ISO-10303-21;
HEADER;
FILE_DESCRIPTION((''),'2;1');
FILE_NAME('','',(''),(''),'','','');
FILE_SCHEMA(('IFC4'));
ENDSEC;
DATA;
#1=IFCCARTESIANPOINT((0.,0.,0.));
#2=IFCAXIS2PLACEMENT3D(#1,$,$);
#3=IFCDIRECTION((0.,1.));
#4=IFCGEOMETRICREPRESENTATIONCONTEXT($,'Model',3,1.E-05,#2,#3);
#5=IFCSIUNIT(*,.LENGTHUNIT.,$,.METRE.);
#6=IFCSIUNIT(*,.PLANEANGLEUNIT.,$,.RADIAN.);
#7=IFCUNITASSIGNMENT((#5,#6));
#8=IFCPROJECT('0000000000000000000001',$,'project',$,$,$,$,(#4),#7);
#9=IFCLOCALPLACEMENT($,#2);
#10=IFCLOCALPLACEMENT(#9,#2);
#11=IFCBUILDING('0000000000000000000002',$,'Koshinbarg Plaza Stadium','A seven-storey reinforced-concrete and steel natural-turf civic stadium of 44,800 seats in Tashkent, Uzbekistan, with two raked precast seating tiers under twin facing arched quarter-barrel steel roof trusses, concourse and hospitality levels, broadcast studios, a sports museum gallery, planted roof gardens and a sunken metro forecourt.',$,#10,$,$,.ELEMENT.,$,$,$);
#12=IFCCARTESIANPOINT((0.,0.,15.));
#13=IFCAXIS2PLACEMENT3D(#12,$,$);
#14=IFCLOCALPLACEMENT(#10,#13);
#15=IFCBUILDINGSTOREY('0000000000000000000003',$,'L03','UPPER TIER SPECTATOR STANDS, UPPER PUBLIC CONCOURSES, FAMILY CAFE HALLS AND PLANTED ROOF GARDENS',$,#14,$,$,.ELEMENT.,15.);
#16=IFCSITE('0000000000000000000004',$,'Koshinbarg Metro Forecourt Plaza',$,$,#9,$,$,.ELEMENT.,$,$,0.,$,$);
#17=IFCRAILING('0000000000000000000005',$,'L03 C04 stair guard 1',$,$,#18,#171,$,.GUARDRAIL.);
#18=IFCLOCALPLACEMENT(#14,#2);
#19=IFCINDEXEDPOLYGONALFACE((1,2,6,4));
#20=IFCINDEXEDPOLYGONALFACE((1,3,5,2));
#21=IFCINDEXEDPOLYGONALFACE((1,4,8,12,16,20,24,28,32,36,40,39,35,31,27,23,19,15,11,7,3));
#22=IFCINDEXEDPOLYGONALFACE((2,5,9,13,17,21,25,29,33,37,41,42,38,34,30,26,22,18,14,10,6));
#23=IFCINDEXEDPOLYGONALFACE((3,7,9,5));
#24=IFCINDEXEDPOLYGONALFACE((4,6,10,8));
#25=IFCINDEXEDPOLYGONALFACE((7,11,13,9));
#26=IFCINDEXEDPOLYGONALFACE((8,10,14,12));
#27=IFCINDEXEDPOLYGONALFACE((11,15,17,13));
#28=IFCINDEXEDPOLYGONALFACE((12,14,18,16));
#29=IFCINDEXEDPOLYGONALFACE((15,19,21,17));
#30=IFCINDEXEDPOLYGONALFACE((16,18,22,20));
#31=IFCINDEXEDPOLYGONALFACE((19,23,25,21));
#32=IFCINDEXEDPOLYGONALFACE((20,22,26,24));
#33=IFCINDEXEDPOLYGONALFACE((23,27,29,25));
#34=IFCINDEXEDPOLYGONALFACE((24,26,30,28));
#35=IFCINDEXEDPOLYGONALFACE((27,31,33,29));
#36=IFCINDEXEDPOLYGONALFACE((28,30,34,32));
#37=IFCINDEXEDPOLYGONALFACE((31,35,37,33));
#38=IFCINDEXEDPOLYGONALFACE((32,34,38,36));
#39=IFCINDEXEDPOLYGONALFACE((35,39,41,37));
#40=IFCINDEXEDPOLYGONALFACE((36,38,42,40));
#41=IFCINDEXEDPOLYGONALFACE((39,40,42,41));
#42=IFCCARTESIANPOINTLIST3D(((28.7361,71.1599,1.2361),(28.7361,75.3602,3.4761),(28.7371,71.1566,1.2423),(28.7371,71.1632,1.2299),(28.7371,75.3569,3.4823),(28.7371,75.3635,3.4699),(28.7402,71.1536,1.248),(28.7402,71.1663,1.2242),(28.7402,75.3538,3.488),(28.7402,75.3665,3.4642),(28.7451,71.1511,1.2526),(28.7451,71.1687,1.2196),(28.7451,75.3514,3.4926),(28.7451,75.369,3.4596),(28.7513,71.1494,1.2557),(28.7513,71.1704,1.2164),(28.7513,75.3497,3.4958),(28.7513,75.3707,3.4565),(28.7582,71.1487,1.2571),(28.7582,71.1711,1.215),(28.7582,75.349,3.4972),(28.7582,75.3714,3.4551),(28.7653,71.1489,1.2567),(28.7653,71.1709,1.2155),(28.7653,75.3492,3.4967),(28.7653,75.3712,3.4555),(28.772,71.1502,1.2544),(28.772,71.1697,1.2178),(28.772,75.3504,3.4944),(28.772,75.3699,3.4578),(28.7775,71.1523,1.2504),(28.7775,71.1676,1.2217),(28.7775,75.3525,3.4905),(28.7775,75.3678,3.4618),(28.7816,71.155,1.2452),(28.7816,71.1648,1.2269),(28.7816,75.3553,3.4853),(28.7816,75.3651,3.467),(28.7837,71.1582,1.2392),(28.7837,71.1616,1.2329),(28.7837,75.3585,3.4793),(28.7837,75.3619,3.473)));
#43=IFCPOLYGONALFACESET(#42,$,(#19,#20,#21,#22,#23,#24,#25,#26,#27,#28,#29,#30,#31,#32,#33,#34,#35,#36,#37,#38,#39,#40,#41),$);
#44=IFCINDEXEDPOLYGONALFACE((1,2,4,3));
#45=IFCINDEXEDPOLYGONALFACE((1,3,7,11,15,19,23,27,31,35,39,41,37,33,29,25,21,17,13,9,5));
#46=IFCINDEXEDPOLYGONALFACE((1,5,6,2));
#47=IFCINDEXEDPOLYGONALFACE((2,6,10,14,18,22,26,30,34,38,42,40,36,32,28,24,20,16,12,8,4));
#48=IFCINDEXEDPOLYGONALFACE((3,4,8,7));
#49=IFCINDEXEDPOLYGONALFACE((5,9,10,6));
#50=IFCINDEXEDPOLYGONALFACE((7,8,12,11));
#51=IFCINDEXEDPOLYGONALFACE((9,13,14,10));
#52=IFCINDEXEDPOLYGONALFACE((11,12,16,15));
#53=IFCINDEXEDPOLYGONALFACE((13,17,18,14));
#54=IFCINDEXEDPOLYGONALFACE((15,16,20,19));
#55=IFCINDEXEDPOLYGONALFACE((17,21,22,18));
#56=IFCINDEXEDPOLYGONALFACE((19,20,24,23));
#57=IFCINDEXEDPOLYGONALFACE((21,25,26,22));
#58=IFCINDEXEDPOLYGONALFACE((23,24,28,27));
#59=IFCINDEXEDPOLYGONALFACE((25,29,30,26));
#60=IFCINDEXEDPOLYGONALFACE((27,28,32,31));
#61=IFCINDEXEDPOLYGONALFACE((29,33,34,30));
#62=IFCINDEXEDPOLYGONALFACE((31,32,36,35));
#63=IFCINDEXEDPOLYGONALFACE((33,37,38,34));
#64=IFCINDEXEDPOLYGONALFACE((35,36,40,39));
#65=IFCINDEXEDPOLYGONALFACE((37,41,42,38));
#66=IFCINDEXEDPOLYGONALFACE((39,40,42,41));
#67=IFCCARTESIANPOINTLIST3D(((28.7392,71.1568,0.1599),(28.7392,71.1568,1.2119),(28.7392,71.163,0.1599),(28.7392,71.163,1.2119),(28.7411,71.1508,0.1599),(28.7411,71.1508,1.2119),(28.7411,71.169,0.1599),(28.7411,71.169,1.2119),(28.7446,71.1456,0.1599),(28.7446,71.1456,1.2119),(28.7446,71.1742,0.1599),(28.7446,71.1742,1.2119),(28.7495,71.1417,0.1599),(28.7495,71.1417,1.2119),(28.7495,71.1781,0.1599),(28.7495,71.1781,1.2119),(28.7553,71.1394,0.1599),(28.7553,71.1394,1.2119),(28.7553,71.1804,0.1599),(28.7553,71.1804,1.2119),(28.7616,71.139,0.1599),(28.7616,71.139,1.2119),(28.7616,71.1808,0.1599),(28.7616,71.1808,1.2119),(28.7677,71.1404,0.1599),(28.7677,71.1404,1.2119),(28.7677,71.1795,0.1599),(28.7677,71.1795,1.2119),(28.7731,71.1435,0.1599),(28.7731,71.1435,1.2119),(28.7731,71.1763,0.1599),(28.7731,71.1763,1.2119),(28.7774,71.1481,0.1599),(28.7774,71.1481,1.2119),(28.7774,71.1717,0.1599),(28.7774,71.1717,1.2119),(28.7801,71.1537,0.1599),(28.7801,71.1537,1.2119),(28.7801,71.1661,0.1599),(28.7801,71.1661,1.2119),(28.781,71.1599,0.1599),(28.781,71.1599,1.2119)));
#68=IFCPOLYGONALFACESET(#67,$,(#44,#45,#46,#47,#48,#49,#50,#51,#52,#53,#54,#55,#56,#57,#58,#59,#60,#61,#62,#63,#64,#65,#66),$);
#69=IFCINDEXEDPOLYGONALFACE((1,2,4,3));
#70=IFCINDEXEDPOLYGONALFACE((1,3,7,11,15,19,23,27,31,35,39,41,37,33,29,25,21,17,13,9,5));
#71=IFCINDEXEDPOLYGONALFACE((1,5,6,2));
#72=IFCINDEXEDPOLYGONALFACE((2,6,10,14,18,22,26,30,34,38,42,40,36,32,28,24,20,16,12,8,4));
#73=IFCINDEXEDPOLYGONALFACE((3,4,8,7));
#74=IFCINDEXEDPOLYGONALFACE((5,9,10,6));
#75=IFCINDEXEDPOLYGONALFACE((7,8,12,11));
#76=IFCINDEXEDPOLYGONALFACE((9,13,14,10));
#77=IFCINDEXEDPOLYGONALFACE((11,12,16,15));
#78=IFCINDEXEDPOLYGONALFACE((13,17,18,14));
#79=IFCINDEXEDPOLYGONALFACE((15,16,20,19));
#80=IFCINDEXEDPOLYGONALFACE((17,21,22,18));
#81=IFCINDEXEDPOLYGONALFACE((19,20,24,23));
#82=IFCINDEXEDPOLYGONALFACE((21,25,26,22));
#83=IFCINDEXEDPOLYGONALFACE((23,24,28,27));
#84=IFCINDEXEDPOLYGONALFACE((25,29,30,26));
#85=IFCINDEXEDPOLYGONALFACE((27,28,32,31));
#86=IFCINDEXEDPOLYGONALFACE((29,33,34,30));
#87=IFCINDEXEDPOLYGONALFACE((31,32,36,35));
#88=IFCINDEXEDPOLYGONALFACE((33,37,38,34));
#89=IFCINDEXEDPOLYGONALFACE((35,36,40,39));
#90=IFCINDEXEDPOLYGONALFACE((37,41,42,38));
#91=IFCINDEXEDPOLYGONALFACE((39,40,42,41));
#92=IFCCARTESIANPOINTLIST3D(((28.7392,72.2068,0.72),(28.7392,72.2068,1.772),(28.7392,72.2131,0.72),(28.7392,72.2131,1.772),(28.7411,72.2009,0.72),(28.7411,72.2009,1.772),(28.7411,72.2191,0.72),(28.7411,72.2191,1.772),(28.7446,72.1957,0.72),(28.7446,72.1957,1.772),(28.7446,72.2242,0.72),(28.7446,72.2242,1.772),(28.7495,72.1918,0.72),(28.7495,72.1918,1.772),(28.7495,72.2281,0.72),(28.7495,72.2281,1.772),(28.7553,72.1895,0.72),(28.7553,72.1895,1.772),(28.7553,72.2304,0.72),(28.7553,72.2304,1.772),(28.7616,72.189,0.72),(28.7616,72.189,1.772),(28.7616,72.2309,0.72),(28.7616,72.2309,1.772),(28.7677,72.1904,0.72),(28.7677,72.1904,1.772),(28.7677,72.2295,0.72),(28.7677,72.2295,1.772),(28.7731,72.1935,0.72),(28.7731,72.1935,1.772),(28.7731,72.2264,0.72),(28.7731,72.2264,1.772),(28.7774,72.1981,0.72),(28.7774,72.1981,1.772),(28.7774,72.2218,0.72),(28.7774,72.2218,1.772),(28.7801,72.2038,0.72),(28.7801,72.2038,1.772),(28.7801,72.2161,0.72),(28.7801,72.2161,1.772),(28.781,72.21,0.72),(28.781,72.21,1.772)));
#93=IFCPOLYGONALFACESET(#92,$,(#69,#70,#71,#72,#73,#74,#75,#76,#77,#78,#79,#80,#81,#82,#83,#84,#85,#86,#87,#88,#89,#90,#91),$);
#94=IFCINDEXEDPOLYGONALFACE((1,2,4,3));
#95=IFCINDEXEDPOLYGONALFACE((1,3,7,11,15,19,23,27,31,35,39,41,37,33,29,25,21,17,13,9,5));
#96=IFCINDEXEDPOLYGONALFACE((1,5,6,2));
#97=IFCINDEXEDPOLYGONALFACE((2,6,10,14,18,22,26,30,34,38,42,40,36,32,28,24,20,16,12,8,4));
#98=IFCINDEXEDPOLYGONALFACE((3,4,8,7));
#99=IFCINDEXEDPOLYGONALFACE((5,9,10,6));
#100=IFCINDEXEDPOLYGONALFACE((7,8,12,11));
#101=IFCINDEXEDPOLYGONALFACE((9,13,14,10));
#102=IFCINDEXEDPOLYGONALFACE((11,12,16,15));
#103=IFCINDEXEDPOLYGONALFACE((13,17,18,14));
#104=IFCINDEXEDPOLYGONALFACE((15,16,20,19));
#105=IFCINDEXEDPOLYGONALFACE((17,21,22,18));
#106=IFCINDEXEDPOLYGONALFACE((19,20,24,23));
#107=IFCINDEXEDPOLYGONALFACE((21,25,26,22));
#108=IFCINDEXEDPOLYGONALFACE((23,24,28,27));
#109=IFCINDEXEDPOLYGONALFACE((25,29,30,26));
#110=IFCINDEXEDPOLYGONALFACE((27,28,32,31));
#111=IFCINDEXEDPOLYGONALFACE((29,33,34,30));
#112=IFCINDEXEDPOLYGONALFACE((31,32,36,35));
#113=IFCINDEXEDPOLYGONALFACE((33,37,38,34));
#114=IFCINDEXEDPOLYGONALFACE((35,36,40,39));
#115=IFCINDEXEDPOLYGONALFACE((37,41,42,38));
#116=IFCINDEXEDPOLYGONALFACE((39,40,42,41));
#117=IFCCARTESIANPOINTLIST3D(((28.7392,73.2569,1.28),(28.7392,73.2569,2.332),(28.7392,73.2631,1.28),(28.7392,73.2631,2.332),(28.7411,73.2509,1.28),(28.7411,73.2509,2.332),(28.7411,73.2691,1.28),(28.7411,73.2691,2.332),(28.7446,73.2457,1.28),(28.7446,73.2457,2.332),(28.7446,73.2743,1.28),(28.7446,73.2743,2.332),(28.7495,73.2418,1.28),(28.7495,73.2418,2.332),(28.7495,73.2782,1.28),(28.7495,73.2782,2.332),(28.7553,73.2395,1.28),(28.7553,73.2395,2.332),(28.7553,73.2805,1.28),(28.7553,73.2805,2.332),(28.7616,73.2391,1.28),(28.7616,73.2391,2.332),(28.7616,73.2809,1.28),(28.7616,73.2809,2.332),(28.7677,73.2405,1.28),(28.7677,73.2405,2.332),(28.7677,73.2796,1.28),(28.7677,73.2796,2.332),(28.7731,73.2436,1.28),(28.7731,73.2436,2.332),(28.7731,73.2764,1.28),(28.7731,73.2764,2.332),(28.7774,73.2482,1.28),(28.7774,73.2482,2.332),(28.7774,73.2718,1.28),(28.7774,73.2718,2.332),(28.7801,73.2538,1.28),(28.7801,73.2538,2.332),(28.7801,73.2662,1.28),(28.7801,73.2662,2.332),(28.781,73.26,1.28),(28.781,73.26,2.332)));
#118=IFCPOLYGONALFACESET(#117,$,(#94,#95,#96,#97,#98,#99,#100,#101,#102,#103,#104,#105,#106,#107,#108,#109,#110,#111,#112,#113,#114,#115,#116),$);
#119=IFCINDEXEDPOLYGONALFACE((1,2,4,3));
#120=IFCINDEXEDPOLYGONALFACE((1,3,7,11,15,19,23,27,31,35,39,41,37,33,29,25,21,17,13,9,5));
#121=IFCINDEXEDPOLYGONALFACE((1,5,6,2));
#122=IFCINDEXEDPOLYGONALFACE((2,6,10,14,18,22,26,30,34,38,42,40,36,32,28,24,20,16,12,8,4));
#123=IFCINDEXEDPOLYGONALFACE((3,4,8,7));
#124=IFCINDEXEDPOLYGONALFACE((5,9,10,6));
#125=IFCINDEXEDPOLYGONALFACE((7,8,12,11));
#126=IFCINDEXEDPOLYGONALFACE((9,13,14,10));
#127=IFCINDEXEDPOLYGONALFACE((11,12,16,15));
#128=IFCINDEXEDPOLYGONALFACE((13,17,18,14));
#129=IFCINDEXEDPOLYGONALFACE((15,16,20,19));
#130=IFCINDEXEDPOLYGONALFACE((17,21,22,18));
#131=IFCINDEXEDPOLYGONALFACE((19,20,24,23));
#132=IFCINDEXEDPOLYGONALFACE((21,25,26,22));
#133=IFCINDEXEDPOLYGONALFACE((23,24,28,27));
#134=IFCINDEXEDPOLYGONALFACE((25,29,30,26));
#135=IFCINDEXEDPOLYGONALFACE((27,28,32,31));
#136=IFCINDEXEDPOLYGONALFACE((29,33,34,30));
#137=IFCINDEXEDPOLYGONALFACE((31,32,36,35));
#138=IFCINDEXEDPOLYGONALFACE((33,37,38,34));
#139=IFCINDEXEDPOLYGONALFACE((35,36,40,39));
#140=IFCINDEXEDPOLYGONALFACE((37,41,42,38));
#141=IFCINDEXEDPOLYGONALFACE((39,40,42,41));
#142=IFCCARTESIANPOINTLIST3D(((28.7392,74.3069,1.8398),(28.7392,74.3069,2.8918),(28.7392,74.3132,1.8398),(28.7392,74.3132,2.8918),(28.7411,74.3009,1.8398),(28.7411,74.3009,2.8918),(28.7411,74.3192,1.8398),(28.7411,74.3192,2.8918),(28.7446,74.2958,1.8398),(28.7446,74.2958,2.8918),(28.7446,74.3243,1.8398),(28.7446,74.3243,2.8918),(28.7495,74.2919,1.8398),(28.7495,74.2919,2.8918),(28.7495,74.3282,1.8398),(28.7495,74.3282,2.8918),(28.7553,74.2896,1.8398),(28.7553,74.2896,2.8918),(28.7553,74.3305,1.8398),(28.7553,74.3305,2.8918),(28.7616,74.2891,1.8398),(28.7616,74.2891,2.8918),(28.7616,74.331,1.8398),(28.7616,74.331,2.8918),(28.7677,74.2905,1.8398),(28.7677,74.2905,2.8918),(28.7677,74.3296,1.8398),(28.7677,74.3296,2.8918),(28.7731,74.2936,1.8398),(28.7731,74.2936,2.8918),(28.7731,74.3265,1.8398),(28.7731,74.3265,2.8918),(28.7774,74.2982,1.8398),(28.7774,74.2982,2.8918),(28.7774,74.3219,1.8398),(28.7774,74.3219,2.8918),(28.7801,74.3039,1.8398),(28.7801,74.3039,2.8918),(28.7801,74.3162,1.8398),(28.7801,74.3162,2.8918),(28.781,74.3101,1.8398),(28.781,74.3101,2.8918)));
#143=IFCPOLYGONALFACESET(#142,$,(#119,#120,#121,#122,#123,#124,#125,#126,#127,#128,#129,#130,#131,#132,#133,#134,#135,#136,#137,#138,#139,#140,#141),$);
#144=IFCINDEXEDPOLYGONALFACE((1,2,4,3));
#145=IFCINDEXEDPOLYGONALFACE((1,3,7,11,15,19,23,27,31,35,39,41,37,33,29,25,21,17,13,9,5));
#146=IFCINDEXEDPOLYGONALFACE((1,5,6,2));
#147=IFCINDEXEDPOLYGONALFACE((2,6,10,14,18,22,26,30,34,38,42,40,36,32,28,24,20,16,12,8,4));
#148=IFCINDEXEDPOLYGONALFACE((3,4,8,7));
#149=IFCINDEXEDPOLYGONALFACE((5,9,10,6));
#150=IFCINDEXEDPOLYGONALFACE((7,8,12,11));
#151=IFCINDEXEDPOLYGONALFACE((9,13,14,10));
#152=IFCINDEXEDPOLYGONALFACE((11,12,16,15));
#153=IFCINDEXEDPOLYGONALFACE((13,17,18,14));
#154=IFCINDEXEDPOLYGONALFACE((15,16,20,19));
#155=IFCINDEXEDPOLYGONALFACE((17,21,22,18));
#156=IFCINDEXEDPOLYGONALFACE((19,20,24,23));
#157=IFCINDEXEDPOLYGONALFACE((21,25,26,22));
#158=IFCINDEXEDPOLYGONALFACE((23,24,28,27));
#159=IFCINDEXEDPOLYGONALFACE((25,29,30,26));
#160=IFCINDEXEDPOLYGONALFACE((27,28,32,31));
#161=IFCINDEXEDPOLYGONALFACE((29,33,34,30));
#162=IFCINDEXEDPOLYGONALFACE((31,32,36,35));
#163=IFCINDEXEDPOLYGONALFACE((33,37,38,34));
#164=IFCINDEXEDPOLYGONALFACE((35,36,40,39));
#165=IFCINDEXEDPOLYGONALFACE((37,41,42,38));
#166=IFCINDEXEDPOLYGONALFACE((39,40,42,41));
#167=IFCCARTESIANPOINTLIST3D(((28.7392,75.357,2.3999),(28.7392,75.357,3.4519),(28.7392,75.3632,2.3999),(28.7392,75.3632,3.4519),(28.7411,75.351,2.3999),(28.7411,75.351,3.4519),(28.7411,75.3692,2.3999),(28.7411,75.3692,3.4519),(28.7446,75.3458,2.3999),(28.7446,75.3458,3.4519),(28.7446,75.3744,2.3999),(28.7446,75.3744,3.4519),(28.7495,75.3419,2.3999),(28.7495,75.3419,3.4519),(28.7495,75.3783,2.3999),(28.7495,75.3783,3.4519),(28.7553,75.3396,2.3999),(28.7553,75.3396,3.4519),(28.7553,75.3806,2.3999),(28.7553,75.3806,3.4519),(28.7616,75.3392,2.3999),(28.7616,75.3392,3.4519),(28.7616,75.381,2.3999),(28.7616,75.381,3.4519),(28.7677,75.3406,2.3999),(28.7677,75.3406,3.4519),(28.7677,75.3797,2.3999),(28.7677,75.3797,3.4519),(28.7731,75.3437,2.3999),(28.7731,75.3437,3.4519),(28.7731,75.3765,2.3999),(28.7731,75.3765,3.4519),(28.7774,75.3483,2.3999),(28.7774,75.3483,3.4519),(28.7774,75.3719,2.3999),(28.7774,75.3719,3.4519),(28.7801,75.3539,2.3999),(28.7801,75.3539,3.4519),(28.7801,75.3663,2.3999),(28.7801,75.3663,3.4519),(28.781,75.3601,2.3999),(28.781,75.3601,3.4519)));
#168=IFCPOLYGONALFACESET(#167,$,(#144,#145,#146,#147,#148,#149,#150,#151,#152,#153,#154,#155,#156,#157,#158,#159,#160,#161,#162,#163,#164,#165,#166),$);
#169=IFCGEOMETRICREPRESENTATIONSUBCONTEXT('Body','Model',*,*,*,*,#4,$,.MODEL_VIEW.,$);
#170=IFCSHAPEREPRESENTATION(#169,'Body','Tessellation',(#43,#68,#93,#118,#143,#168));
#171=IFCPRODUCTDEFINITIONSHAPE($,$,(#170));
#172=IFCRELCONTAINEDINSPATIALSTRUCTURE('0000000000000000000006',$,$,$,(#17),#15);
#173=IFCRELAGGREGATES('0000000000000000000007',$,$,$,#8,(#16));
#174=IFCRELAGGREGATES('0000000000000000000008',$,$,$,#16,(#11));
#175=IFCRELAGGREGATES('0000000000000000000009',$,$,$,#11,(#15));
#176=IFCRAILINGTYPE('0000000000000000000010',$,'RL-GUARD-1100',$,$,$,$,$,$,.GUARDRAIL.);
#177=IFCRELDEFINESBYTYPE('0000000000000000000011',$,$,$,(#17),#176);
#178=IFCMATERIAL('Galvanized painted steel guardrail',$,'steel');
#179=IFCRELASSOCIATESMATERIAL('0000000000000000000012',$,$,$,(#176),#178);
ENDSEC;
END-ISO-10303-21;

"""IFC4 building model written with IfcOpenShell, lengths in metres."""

from ifc_helpers import new_model, si_unit, direction, frame, origin, origin_2d, place, context, subcontext, project, spatial, circle, extrude, material, type_object, element, save


model = new_model("IFC4")

# Units and contexts
model_context = context("Model", 3, precision=1e-05, world=origin(), true_north=direction((0.0, 1.0)))
body_context = subcontext(model_context, "Body", "Model", "MODEL_VIEW")
ifc_project = project(units=[si_unit("LENGTHUNIT", "METRE"), si_unit("PLANEANGLEUNIT", "RADIAN")], contexts=[model_context])

# Site, building, storey
site_placement = place(None, origin())
site = spatial("IfcSite", under=ifc_project, at=site_placement, Name="Koshinbarg Metro Forecourt Plaza", CompositionType="ELEMENT", RefElevation=0.0)
building_placement = place(site_placement, origin())
building = spatial("IfcBuilding", under=site, at=building_placement, Name="Koshinbarg Plaza Stadium", Description="A seven-storey reinforced-concrete and steel natural-turf civic stadium of 44,800 seats in Tashkent, Uzbekistan, with two raked precast seating tiers under twin facing arched quarter-barrel steel roof trusses, concourse and hospitality levels, broadcast studios, a sports museum gallery, planted roof gardens and a sunken metro forecourt.", CompositionType="ELEMENT")
storey_placement = place(building_placement, frame((0.0, 0.0, 15.0)))
storey = spatial("IfcBuildingStorey", under=building, at=storey_placement, Name="L03", Description="UPPER TIER SPECTATOR STANDS, UPPER PUBLIC CONCOURSES, FAMILY CAFE HALLS AND PLANTED ROOF GARDENS", CompositionType="ELEMENT", Elevation=15.0)

# Railing
ifc_material_1 = material(Name="Galvanized painted steel guardrail", Category="steel")
railing_type_1 = type_object("IfcRailingType", Name="RL-GUARD-1100", PredefinedType="GUARDRAIL", material=ifc_material_1)
railing_1_placement = place(storey_placement, frame((28.76, 71.1599, 0.1599)))
element("IfcRailing", 1, at=railing_1_placement, inside=storey, type_object=railing_type_1, Name="L03 C04 stair guard 1", PredefinedType="GUARDRAIL", context=body_context, shape_type="SweptSolid", body=[
    extrude(circle(Radius=0.0239, at=origin_2d()), frame((0.0, 0.0, 1.0762), z_axis=(0.0, 0.882363, 0.47057), x_axis=(-1.0, 0.0, 0.0)), (0.0, 0.0, 1.0), 4.7603),
    extrude(circle(Radius=0.021, at=origin_2d()), origin(), (0.0, 0.0, 1.0), 1.052),
    extrude(circle(Radius=0.021, at=origin_2d()), frame((0.0, 1.05, 0.5601)), (0.0, 0.0, 1.0), 1.052),
    extrude(circle(Radius=0.021, at=origin_2d()), frame((0.0, 2.1001, 1.1201)), (0.0, 0.0, 1.0), 1.052),
    extrude(circle(Radius=0.021, at=origin_2d()), frame((0.0, 3.1501, 1.6799)), (0.0, 0.0, 1.0), 1.052),
    extrude(circle(Radius=0.021, at=origin_2d()), frame((0.0, 4.2002, 2.24)), (0.0, 0.0, 1.0), 1.052),
])

save(model, "model.ifc")
